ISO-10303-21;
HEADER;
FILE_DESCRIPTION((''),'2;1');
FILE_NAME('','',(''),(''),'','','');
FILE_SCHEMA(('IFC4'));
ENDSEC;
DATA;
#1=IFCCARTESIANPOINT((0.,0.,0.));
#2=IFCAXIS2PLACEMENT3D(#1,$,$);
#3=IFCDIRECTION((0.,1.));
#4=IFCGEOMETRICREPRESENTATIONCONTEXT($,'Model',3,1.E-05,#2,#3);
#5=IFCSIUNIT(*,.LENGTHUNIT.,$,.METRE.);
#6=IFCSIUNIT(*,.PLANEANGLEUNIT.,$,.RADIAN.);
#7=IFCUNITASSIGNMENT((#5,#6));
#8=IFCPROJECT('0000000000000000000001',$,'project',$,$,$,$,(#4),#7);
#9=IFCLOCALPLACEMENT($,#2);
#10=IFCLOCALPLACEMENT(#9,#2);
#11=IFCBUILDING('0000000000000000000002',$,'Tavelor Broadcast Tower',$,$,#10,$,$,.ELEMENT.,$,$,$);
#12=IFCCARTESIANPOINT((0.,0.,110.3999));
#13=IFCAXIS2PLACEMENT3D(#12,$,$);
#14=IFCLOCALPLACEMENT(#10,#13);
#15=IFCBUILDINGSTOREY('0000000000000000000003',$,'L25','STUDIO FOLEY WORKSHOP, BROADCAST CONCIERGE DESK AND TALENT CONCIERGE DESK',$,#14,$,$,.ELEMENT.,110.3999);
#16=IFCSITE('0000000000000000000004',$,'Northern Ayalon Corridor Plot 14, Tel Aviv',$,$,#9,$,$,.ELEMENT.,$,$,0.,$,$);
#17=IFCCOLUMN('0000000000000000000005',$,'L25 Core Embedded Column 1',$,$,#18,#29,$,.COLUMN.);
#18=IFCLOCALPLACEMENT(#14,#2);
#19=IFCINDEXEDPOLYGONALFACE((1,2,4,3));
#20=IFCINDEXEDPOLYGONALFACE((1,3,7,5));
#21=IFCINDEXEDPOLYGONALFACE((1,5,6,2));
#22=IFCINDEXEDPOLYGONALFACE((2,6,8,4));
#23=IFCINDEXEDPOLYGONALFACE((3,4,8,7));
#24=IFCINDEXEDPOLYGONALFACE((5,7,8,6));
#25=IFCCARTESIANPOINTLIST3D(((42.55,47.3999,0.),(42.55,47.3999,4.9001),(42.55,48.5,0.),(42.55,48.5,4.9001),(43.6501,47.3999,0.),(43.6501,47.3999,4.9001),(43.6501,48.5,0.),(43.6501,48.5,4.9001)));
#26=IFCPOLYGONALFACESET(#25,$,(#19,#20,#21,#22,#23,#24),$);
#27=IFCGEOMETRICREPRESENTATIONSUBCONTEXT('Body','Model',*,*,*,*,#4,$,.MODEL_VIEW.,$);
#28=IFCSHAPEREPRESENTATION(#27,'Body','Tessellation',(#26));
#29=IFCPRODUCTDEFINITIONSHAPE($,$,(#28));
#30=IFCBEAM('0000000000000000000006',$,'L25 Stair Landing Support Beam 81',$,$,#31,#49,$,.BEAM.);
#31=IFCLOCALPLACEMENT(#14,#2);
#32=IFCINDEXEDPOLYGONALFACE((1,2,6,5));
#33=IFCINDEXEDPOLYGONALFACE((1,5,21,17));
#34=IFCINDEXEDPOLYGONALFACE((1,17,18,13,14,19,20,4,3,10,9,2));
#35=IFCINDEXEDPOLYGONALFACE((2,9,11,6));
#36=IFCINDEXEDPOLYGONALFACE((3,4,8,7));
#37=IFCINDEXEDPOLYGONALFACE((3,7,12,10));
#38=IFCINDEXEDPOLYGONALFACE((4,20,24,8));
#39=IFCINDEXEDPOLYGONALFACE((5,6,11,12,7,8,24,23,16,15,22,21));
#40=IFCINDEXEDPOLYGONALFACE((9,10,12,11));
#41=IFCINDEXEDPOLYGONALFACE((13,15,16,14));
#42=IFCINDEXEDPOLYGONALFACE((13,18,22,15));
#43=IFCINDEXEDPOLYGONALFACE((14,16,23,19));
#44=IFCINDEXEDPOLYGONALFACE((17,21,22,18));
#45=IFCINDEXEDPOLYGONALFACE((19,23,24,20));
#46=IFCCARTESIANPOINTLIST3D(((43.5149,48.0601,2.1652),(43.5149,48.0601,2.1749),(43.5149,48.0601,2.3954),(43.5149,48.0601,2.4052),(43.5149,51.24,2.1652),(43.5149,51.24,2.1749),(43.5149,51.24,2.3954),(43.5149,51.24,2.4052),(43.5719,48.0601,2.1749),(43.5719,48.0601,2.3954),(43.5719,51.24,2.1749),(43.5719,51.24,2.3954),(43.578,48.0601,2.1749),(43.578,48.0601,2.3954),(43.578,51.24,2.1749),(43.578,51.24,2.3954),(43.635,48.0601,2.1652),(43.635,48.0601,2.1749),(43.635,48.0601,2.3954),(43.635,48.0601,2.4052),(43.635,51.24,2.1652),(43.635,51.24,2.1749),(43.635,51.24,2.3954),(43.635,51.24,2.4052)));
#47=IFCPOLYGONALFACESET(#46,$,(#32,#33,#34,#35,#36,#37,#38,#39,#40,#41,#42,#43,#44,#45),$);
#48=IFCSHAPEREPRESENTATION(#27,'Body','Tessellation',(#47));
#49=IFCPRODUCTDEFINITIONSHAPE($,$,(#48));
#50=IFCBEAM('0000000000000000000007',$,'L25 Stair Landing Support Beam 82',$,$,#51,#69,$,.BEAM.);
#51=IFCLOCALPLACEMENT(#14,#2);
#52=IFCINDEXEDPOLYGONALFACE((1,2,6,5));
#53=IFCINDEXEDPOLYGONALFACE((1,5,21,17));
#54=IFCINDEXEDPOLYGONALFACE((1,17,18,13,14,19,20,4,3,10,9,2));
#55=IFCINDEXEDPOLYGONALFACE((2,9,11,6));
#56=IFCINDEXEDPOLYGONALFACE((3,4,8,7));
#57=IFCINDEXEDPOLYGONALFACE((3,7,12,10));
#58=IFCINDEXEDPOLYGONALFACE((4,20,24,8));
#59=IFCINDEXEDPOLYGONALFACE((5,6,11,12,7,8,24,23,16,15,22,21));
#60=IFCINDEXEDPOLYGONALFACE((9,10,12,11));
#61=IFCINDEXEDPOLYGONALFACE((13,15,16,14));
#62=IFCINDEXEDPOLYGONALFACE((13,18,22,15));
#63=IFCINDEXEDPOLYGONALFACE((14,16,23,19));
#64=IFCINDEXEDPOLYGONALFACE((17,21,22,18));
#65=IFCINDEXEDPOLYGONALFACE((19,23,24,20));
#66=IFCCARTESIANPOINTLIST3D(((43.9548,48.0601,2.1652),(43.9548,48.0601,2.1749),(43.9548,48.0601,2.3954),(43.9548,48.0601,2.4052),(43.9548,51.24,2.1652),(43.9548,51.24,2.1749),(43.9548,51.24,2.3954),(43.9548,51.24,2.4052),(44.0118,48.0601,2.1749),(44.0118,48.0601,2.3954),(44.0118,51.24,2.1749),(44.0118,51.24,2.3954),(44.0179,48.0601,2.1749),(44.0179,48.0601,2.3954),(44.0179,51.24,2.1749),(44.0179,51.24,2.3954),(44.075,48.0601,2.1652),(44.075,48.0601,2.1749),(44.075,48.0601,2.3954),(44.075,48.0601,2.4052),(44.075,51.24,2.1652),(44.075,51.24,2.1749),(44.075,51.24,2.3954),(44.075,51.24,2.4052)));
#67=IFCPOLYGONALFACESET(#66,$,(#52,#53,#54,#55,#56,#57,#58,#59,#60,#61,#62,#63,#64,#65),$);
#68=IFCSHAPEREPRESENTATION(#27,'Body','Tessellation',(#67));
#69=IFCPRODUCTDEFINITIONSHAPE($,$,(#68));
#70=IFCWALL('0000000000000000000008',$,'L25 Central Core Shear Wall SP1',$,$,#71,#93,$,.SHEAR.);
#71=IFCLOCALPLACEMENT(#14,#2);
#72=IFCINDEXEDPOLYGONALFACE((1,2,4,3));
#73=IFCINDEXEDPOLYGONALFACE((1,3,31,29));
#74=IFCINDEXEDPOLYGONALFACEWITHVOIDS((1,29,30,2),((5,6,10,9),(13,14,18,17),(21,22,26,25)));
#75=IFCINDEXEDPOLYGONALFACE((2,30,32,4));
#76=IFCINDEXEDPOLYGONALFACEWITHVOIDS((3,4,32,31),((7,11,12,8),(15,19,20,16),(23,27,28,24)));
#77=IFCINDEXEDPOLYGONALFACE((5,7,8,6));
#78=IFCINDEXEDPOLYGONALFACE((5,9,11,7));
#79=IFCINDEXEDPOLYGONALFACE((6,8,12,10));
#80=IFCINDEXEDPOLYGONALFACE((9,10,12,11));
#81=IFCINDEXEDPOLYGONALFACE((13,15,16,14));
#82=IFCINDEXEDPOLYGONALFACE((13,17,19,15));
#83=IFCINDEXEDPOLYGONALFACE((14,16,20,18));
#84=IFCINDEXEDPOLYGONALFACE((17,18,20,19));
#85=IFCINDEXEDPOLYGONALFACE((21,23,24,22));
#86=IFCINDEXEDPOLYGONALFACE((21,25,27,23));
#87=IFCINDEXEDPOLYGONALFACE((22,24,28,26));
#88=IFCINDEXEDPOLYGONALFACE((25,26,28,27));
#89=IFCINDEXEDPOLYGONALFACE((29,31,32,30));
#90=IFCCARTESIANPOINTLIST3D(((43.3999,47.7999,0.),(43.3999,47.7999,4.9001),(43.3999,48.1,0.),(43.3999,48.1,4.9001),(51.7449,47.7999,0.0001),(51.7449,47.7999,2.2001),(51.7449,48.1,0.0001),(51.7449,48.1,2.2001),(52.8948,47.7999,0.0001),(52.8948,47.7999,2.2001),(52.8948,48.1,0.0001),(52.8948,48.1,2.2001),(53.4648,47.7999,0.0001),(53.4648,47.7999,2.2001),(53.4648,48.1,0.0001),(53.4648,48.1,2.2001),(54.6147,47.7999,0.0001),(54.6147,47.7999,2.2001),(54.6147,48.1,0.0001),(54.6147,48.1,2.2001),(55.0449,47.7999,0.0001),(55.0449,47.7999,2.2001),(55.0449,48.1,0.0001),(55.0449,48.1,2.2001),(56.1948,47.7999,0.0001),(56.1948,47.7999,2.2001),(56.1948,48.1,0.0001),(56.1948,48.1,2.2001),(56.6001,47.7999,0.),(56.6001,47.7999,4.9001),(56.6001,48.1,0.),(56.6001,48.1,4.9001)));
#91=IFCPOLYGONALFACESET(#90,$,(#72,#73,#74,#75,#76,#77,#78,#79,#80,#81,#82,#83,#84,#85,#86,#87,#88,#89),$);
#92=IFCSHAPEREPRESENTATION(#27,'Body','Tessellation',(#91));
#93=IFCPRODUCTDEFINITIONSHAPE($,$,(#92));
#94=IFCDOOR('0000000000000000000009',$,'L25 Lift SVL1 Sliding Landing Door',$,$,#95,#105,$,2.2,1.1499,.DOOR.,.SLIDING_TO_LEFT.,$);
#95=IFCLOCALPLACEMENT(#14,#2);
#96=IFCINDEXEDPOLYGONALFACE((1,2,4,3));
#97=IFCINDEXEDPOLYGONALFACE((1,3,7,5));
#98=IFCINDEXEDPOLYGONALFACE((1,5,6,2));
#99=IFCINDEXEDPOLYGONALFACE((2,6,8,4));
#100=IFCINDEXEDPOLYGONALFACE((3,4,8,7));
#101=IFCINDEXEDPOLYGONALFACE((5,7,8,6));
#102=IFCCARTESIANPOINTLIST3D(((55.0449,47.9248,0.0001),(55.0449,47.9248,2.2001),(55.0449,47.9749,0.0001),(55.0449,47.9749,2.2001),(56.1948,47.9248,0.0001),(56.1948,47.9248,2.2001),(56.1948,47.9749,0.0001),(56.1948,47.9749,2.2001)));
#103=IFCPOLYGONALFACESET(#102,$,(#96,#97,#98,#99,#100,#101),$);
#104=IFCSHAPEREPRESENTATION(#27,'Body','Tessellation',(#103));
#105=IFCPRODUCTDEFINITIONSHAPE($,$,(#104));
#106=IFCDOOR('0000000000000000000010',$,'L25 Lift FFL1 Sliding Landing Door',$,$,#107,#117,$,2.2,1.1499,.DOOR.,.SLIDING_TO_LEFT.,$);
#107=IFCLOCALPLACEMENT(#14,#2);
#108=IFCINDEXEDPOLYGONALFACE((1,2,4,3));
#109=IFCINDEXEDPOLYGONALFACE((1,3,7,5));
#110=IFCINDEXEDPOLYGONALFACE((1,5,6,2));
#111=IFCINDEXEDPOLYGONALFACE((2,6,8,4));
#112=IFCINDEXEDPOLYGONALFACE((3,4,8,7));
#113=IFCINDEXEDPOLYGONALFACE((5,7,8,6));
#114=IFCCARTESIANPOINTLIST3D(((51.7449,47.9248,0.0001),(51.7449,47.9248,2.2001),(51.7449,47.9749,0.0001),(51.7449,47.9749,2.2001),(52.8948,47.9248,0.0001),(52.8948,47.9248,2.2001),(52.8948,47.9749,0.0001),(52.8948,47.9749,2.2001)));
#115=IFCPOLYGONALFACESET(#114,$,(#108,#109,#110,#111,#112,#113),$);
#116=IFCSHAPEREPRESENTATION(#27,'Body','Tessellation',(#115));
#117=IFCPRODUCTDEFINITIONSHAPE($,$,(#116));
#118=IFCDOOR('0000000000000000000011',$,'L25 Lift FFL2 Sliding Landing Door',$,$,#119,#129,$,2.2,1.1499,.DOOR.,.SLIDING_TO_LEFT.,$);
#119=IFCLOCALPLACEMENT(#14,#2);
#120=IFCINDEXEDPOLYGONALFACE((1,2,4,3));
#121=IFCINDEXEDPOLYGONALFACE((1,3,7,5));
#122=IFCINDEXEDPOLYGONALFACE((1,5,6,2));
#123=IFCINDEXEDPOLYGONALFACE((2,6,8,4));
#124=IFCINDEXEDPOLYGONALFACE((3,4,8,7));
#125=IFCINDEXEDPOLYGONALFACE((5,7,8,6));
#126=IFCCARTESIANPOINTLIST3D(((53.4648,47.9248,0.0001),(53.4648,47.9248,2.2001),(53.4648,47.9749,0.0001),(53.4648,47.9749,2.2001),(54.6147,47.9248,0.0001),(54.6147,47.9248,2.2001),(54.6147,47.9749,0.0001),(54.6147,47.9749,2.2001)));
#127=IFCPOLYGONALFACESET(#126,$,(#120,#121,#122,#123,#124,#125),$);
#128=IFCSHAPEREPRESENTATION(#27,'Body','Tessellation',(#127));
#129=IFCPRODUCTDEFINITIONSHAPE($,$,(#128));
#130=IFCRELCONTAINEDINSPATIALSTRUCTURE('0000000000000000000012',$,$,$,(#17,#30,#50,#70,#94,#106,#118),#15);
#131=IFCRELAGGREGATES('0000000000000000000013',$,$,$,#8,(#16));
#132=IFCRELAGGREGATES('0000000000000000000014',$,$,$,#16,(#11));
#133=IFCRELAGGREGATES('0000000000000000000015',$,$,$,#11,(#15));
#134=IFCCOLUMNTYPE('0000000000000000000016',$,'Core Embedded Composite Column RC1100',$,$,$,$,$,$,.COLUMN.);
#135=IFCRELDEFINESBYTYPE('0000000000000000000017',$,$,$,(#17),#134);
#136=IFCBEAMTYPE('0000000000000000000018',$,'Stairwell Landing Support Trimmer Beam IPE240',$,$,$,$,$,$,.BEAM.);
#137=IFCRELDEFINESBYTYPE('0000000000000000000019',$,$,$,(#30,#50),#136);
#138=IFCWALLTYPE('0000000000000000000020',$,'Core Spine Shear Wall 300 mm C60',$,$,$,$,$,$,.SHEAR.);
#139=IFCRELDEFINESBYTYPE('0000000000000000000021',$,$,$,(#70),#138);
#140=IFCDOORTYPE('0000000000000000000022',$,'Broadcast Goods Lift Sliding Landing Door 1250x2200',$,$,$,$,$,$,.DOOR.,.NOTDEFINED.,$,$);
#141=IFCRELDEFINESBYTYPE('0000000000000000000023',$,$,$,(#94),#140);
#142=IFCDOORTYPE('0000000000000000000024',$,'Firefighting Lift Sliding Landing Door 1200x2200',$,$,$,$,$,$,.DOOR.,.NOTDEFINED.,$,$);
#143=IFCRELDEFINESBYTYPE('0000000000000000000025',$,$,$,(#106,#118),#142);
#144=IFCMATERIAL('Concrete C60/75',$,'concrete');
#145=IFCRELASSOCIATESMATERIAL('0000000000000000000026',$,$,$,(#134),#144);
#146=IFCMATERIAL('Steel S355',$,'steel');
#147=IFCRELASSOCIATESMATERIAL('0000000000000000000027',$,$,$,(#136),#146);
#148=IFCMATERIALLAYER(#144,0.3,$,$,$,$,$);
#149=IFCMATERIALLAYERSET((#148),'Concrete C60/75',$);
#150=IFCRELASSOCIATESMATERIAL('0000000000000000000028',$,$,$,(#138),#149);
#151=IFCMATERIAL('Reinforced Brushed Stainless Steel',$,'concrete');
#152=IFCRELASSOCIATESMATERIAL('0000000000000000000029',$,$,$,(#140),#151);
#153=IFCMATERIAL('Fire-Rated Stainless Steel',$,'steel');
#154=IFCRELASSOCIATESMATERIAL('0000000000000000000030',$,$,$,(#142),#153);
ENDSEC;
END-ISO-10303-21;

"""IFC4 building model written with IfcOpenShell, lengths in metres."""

from ifc_helpers import new_model, si_unit, direction, frame, frame_2d, origin, origin_2d, place, context, subcontext, project, spatial, rectangle, i_section, extrude, material, layer, layer_set, material_profile, profile_set, type_object, element, fill, save


model = new_model("IFC4")

# Units and contexts
model_context = context("Model", 3, precision=1e-05, world=origin(), true_north=direction((0.0, 1.0)))
body_context = subcontext(model_context, "Body", "Model", "MODEL_VIEW")
ifc_project = project(units=[si_unit("LENGTHUNIT", "METRE"), si_unit("PLANEANGLEUNIT", "RADIAN")], contexts=[model_context])

# Site, building, storey
site_placement = place(None, origin())
site = spatial("IfcSite", under=ifc_project, at=site_placement, Name="Northern Ayalon Corridor Plot 14, Tel Aviv", CompositionType="ELEMENT", RefElevation=0.0)
building_placement = place(site_placement, origin())
building = spatial("IfcBuilding", under=site, at=building_placement, Name="Tavelor Broadcast Tower", CompositionType="ELEMENT")
storey_placement = place(building_placement, frame((0.0, 0.0, 110.3999)))
storey = spatial("IfcBuildingStorey", under=building, at=storey_placement, Name="L25", Description="STUDIO FOLEY WORKSHOP, BROADCAST CONCIERGE DESK AND TALENT CONCIERGE DESK", CompositionType="ELEMENT", Elevation=110.3999)

# Column
ifc_material_1 = material(Name="Concrete C60/75", Category="concrete")
ifc_material_profile_1 = material_profile(ifc_material_1, rectangle(XDim=1.1001, YDim=1.1001, at=origin_2d()), Name="RC 1100x1100")
ifc_profile_set_1 = profile_set([ifc_material_profile_1], Name="Concrete C60/75")
column_type = type_object("IfcColumnType", Name="Core Embedded Composite Column RC1100", PredefinedType="COLUMN", material=ifc_profile_set_1)
column_placement = place(storey_placement, frame((43.1001, 47.95, 0.0), z_axis=(0.0, 0.0, 1.0), x_axis=(1.0, 0.0, 0.0)))
element("IfcColumn", 1, at=column_placement, inside=storey, type_object=column_type, Name="L25 Core Embedded Column 1", PredefinedType="COLUMN", context=body_context, shape_type="SweptSolid", body=[
    extrude(rectangle(XDim=1.1001, YDim=1.1001, at=origin_2d()), origin(), (0.0, 0.0, 1.0), 4.9001),
])

# Beams
ifc_material_2 = material(Name="Steel S355", Category="steel")
ifc_material_profile_2 = material_profile(ifc_material_2, i_section(OverallWidth=0.1201, OverallDepth=0.24, WebThickness=0.0061, FlangeThickness=0.0098, at=origin_2d()), Name="IPE 240")
ifc_profile_set_2 = profile_set([ifc_material_profile_2], Name="Steel S355")
beam_type = type_object("IfcBeamType", Name="Stairwell Landing Support Trimmer Beam IPE240", PredefinedType="BEAM", material=ifc_profile_set_2)
for number, where, z_axis, x_axis, name in (
    (2, (43.575, 48.0601, 2.2852), (0.0, 1.0, 0.0), (-1.0, 0.0, 0.0), "L25 Stair Landing Support Beam 81"),
    (3, (44.0149, 48.0601, 2.2852), (0.0, 1.0, 0.0), (-1.0, 0.0, 0.0), "L25 Stair Landing Support Beam 82"),
):
    element("IfcBeam", number, at=place(storey_placement, frame(where, z_axis=z_axis, x_axis=x_axis)), inside=storey, type_object=beam_type, Name=name, PredefinedType="BEAM", context=body_context, shape_type="SweptSolid", body=[
        extrude(i_section(OverallWidth=0.1201, OverallDepth=0.24, WebThickness=0.0061, FlangeThickness=0.0098, at=origin_2d()), origin(), (0.0, 0.0, 1.0), 3.1799),
    ])

# Wall, openings, doors
ifc_layer_1 = layer(ifc_material_1, 0.3)
ifc_layer_set_1 = layer_set([ifc_layer_1], Name="Concrete C60/75")
wall_type_1 = type_object("IfcWallType", Name="Core Spine Shear Wall 300 mm C60", PredefinedType="SHEAR", material=ifc_layer_set_1)
wall_1_placement = place(storey_placement, frame((43.3999, 47.95, 0.0), z_axis=(0.0, 0.0, 1.0), x_axis=(1.0, 0.0, 0.0)))
wall_1 = element("IfcWall", 4, at=wall_1_placement, inside=storey, type_object=wall_type_1, Name="L25 Central Core Shear Wall SP1", PredefinedType="SHEAR", context=body_context, shape_type="SweptSolid", body=[
    extrude(rectangle(XDim=13.2002, YDim=0.3, at=frame_2d((6.6001, 0.0))), origin(), (0.0, 0.0, 1.0), 4.9001),
])
opening_1_placement = place(wall_1_placement, frame((8.345, 0.0, 0.0)))
opening_1 = element("IfcOpeningElement", 5, at=opening_1_placement, cuts=wall_1, PredefinedType="OPENING", context=body_context, shape_type="SweptSolid", body=[
    extrude(rectangle(XDim=1.1499, YDim=2.2, at=frame_2d((0.575, 1.1001))), frame((0.0, 0.1602, 0.0), z_axis=(0.0, -1.0, 0.0), x_axis=(1.0, 0.0, 0.0)), (0.0, 0.0, 1.0), 0.3201),
])
opening_2_placement = place(wall_1_placement, frame((10.0649, 0.0, 0.0)))
opening_2 = element("IfcOpeningElement", 6, at=opening_2_placement, cuts=wall_1, PredefinedType="OPENING", context=body_context, shape_type="SweptSolid", body=[
    extrude(rectangle(XDim=1.1499, YDim=2.2, at=frame_2d((0.575, 1.1001))), frame((0.0, 0.1602, 0.0), z_axis=(0.0, -1.0, 0.0), x_axis=(1.0, 0.0, 0.0)), (0.0, 0.0, 1.0), 0.3201),
])
opening_3_placement = place(wall_1_placement, frame((11.645, 0.0, 0.0)))
opening_3 = element("IfcOpeningElement", 7, at=opening_3_placement, cuts=wall_1, PredefinedType="OPENING", context=body_context, shape_type="SweptSolid", body=[
    extrude(rectangle(XDim=1.1499, YDim=2.2, at=frame_2d((0.575, 1.1001))), frame((0.0, 0.1602, 0.0), z_axis=(0.0, -1.0, 0.0), x_axis=(1.0, 0.0, 0.0)), (0.0, 0.0, 1.0), 0.3201),
])
ifc_material_3 = material(Name="Reinforced Brushed Stainless Steel", Category="concrete")
door_type_1 = type_object("IfcDoorType", Name="Broadcast Goods Lift Sliding Landing Door 1250x2200", OperationType="NOTDEFINED", PredefinedType="DOOR", material=ifc_material_3)
door_1_placement = place(opening_3_placement, origin())
door_1 = element("IfcDoor", 8, at=door_1_placement, inside=storey, type_object=door_type_1, Name="L25 Lift SVL1 Sliding Landing Door", OperationType="SLIDING_TO_LEFT", OverallHeight=2.2, OverallWidth=1.1499, PredefinedType="DOOR", context=body_context, shape_type="SweptSolid", body=[
    extrude(rectangle(XDim=1.1499, YDim=2.2, at=frame_2d((0.575, 1.1001))), frame((0.0, 0.0249, 0.0), z_axis=(0.0, -1.0, 0.0), x_axis=(1.0, 0.0, 0.0)), (0.0, 0.0, 1.0), 0.05),
])
fill(opening_3, door_1)
ifc_material_4 = material(Name="Fire-Rated Stainless Steel", Category="steel")
door_type_2 = type_object("IfcDoorType", Name="Firefighting Lift Sliding Landing Door 1200x2200", OperationType="NOTDEFINED", PredefinedType="DOOR", material=ifc_material_4)
door_2_placement = place(opening_1_placement, origin())
door_2 = element("IfcDoor", 9, at=door_2_placement, inside=storey, type_object=door_type_2, Name="L25 Lift FFL1 Sliding Landing Door", OperationType="SLIDING_TO_LEFT", OverallHeight=2.2, OverallWidth=1.1499, PredefinedType="DOOR", context=body_context, shape_type="SweptSolid", body=[
    extrude(rectangle(XDim=1.1499, YDim=2.2, at=frame_2d((0.575, 1.1001))), frame((0.0, 0.0249, 0.0), z_axis=(0.0, -1.0, 0.0), x_axis=(1.0, 0.0, 0.0)), (0.0, 0.0, 1.0), 0.05),
])
fill(opening_1, door_2)
door_3_placement = place(opening_2_placement, origin())
door_3 = element("IfcDoor", 10, at=door_3_placement, inside=storey, type_object=door_type_2, Name="L25 Lift FFL2 Sliding Landing Door", OperationType="SLIDING_TO_LEFT", OverallHeight=2.2, OverallWidth=1.1499, PredefinedType="DOOR", context=body_context, shape_type="SweptSolid", body=[
    extrude(rectangle(XDim=1.1499, YDim=2.2, at=frame_2d((0.575, 1.1001))), frame((0.0, 0.0249, 0.0), z_axis=(0.0, -1.0, 0.0), x_axis=(1.0, 0.0, 0.0)), (0.0, 0.0, 1.0), 0.05),
])
fill(opening_2, door_3)

save(model, "model.ifc")
